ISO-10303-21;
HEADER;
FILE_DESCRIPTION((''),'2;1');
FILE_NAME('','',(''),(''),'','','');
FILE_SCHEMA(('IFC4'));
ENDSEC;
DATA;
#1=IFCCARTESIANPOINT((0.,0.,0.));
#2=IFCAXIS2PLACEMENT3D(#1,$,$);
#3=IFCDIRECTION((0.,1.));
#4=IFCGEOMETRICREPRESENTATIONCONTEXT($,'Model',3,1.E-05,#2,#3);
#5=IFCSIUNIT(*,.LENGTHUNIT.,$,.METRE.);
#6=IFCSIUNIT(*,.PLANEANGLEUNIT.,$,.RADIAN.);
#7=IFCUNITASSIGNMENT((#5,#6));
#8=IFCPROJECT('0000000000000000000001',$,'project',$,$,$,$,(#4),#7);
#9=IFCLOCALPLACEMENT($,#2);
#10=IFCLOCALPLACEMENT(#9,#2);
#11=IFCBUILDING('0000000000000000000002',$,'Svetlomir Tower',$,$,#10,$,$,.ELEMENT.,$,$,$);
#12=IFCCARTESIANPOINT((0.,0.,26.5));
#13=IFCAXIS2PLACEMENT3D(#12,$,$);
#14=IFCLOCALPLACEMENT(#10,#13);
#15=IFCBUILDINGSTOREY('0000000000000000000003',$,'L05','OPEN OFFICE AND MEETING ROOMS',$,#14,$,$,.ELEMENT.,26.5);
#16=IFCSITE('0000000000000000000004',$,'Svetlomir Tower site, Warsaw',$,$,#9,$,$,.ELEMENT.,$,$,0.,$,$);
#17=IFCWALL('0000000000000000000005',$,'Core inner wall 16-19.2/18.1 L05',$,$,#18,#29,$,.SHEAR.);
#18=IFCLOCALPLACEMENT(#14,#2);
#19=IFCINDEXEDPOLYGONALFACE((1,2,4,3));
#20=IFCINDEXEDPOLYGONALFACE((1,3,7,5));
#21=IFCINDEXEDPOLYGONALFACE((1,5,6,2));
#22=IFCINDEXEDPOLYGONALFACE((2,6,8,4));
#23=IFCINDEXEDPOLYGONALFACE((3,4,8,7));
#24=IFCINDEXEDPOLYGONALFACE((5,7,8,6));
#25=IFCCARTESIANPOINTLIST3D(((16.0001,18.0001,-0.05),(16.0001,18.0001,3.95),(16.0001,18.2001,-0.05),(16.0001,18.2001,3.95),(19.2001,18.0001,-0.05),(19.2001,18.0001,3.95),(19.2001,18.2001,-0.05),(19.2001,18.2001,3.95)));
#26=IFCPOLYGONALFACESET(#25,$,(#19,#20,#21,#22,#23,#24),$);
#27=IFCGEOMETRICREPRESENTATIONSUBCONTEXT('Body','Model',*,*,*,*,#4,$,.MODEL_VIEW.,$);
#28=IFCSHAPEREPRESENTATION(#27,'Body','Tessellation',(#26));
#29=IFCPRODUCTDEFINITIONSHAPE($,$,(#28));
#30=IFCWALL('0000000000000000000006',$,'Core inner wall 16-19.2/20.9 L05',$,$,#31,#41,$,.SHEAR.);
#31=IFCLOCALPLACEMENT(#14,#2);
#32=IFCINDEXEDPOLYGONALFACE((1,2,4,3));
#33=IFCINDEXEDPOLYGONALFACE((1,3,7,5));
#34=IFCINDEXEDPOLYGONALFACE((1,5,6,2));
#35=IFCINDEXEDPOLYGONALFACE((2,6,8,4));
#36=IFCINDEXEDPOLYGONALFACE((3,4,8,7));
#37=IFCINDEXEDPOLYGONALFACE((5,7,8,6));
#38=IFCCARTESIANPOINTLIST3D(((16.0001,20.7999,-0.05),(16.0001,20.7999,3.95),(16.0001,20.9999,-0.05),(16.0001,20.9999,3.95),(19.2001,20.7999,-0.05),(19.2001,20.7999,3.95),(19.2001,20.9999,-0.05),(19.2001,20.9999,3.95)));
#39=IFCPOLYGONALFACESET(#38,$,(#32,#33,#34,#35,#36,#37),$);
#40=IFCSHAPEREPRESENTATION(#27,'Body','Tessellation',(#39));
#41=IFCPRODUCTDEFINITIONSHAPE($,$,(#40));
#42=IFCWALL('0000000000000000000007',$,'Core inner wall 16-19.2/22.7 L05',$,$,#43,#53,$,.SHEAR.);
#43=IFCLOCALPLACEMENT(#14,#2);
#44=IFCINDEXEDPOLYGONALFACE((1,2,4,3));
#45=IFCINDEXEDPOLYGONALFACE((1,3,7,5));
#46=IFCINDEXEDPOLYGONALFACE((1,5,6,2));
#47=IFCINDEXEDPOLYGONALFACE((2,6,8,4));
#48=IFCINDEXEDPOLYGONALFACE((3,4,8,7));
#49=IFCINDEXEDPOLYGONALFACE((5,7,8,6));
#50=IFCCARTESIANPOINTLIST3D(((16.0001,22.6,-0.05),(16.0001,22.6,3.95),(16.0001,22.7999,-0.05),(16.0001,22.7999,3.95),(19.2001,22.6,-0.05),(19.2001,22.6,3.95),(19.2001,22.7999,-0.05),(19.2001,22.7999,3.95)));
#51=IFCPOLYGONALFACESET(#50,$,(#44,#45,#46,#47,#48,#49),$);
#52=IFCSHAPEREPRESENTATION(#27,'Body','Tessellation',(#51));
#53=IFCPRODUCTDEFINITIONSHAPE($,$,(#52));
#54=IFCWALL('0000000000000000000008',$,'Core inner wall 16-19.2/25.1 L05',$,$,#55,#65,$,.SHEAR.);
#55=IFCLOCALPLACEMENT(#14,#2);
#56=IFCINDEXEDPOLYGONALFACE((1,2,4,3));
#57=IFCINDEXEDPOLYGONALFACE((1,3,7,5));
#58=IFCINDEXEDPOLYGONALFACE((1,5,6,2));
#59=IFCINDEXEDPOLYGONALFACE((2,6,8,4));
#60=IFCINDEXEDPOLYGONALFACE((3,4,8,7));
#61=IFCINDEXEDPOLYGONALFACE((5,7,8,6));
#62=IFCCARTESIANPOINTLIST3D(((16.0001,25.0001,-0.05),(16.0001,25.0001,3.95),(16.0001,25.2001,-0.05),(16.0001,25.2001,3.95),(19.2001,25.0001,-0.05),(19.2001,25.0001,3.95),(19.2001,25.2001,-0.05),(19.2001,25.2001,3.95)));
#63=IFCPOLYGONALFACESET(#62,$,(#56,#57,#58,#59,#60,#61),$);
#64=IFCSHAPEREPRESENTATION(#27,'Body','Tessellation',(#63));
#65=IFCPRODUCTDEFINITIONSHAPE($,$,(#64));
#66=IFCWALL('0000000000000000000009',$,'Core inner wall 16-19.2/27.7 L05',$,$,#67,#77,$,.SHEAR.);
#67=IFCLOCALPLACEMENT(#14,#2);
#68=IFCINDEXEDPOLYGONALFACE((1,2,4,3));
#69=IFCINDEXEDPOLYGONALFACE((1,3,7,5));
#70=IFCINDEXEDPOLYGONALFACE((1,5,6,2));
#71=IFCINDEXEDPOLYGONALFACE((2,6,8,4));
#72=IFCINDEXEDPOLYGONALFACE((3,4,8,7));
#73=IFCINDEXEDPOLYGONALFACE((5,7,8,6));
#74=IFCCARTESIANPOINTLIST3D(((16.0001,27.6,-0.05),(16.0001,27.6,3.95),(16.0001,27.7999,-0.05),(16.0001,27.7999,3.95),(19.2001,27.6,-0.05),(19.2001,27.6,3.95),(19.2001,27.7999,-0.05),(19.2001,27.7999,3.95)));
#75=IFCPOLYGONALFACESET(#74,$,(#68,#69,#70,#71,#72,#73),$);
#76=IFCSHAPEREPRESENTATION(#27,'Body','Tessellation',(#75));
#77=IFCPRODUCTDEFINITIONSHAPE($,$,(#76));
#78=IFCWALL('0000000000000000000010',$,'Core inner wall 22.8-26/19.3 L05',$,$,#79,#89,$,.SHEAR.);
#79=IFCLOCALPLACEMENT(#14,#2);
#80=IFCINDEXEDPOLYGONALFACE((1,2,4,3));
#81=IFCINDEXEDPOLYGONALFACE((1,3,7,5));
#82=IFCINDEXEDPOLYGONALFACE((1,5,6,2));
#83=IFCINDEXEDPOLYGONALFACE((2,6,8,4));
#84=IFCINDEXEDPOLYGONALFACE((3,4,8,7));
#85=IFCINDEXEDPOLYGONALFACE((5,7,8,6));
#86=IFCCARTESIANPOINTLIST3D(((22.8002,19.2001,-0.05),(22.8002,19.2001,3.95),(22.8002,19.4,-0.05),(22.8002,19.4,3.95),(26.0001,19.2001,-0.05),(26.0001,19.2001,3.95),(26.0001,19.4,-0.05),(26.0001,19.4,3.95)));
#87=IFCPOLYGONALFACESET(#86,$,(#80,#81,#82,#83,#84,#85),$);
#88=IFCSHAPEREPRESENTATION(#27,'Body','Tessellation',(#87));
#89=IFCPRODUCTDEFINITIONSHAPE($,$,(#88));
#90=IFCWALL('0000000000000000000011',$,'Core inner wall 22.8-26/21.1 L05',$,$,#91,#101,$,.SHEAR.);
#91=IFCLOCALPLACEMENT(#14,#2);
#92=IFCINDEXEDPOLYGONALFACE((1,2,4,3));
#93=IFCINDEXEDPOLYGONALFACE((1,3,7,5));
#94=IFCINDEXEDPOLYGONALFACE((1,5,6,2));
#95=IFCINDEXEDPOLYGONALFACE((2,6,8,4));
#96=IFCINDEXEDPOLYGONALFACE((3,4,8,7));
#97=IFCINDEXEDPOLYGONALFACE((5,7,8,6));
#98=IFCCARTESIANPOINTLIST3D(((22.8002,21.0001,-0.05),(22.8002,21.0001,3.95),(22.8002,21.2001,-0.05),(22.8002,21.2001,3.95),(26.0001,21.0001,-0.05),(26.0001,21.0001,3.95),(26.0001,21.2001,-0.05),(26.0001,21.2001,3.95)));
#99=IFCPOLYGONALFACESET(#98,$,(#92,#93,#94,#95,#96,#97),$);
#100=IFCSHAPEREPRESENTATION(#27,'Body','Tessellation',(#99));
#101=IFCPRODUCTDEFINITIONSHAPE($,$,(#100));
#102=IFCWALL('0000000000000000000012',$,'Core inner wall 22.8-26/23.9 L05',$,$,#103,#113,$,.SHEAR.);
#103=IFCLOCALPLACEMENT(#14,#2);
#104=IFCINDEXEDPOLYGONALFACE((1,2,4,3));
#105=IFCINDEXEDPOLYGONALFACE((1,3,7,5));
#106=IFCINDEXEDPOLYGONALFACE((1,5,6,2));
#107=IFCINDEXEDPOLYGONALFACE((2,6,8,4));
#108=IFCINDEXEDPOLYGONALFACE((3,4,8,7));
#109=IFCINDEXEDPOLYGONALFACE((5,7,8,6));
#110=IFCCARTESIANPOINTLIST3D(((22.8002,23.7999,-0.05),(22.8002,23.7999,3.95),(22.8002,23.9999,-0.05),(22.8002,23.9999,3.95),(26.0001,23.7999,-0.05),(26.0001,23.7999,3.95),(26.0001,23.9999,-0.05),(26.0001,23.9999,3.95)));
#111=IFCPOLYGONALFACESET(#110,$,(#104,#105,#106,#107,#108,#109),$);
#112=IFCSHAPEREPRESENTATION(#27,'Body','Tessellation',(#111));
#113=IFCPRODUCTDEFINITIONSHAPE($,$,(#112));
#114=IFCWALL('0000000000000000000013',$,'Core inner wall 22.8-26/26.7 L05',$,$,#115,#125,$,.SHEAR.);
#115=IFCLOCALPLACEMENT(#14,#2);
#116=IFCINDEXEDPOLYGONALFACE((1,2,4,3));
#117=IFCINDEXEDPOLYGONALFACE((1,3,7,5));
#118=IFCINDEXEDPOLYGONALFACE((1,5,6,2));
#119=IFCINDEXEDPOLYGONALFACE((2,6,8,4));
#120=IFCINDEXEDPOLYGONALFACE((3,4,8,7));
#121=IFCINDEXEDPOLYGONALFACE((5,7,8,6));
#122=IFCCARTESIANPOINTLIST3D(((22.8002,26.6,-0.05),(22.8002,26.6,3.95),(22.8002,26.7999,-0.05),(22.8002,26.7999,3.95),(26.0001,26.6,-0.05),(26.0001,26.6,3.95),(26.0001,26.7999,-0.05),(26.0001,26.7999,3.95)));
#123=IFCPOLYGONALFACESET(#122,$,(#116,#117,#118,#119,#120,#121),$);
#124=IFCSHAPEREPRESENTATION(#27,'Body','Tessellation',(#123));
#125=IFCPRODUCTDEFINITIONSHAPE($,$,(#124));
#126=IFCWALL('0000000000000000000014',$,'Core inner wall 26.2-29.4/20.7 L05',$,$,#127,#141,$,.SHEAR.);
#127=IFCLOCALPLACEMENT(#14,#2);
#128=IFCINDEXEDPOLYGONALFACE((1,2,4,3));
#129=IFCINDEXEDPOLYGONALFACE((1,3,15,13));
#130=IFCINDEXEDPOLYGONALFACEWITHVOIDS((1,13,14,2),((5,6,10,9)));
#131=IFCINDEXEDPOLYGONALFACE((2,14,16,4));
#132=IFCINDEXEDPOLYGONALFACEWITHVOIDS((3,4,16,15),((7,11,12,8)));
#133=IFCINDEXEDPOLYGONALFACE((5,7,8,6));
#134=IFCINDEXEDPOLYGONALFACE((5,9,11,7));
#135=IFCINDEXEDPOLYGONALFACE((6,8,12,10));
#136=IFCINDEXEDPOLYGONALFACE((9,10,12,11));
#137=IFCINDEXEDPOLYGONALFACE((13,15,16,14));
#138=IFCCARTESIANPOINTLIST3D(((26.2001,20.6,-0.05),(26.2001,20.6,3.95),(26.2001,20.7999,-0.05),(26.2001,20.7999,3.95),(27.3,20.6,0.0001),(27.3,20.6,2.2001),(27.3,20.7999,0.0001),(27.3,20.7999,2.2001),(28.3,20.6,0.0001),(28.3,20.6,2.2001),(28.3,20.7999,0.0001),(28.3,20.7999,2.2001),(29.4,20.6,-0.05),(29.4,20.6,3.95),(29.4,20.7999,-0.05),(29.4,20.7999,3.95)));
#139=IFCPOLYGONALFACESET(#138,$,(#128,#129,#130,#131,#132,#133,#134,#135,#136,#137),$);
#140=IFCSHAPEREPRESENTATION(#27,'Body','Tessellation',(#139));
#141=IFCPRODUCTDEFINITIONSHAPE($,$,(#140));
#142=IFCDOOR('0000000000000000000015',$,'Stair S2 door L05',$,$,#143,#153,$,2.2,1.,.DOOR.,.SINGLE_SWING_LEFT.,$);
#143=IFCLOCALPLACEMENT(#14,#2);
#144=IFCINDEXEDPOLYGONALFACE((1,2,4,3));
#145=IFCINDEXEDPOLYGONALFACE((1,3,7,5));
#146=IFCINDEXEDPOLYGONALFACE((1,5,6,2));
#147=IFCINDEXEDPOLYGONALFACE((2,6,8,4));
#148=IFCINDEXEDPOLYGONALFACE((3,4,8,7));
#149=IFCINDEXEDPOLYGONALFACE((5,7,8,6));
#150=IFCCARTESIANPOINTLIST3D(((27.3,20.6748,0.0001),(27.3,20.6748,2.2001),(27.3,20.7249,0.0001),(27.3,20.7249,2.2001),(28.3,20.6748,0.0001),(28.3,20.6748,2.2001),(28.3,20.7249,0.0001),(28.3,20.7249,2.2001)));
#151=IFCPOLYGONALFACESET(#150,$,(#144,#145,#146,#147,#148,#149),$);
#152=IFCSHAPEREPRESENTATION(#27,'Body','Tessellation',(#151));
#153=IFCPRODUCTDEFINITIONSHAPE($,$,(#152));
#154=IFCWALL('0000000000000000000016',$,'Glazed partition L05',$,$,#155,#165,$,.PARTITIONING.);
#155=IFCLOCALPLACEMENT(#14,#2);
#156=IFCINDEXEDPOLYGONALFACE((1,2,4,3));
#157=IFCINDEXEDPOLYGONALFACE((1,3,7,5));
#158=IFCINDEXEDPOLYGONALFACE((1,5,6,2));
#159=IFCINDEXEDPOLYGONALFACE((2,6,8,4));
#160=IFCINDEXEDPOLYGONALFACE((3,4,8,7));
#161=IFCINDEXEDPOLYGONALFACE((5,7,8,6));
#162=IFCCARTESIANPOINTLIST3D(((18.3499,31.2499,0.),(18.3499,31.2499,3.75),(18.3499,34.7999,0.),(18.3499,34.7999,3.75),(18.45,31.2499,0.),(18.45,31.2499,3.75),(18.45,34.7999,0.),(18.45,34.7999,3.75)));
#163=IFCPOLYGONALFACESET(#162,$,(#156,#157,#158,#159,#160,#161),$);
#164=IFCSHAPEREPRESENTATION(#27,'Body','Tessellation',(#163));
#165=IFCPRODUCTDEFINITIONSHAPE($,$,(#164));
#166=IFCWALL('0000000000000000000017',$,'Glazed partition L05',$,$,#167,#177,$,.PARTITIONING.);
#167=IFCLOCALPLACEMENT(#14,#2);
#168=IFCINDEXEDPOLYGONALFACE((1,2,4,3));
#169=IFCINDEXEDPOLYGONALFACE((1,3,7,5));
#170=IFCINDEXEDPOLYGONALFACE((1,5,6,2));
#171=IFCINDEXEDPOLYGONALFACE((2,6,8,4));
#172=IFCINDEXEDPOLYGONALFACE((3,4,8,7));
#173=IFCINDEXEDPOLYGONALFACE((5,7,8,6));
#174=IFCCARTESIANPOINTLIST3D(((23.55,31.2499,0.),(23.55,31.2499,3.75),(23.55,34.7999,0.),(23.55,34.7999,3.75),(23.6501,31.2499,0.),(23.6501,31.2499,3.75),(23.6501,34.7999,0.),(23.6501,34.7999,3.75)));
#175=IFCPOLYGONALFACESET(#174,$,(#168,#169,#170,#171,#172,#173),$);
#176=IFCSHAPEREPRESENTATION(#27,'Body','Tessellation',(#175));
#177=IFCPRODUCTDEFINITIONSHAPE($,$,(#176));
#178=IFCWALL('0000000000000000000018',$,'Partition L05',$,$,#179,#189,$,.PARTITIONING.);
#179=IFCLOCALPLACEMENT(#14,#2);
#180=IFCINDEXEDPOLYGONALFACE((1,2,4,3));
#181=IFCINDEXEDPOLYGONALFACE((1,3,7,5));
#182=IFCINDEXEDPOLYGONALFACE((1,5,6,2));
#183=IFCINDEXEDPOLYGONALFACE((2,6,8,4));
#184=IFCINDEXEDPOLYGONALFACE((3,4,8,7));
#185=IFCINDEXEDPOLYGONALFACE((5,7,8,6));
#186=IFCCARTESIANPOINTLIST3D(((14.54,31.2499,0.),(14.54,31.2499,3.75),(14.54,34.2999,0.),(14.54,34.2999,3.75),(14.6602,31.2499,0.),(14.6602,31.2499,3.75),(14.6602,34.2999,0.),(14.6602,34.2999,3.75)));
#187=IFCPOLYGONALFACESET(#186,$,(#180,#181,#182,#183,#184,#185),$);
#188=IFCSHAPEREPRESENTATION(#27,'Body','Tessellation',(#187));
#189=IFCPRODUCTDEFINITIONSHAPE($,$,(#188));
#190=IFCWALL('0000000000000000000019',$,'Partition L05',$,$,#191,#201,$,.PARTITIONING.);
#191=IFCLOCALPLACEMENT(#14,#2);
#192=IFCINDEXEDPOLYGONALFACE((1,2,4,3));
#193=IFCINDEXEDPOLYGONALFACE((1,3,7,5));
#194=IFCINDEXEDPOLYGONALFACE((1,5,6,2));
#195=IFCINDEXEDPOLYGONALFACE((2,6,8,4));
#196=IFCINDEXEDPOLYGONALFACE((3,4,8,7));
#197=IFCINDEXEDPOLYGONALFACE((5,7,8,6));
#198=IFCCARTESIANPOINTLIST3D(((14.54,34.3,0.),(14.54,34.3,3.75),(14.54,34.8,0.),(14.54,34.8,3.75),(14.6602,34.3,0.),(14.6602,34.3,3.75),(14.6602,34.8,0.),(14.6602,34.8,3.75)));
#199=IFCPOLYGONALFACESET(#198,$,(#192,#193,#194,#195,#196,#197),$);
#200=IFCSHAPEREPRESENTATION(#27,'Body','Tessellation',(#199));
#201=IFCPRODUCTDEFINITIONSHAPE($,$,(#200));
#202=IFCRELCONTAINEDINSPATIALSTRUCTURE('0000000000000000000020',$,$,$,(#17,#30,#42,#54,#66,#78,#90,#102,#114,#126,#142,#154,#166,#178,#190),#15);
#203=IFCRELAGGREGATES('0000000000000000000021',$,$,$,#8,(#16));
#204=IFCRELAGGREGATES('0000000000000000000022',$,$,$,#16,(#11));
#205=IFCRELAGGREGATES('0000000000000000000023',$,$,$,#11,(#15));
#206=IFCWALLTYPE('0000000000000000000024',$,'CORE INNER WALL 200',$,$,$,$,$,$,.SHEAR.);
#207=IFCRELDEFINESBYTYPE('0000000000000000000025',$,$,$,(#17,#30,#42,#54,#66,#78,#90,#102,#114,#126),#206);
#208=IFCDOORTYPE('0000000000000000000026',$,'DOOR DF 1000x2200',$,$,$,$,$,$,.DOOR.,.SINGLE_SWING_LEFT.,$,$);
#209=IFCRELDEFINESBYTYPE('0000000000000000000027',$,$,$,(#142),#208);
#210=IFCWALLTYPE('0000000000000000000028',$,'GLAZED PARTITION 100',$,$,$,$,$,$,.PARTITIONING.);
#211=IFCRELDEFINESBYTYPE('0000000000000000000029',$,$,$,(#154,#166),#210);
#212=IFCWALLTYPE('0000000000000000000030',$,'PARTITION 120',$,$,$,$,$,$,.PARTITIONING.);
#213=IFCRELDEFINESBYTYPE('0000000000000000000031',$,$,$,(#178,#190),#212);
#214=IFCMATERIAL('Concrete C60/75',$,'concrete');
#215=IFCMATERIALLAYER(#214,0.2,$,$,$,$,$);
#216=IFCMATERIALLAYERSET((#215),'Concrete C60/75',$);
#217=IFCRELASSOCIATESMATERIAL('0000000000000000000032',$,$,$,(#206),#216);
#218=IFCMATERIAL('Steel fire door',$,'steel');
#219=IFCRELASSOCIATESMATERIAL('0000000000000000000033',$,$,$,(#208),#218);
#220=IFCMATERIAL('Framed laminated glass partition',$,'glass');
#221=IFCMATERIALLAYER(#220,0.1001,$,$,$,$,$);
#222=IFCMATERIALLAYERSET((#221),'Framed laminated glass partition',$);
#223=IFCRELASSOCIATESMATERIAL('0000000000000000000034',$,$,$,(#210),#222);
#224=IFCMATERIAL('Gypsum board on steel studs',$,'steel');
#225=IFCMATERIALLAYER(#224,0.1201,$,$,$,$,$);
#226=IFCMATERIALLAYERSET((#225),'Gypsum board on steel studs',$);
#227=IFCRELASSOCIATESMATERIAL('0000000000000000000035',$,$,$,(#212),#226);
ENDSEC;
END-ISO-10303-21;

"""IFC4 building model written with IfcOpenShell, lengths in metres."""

from ifc_helpers import new_model, si_unit, direction, frame, frame_2d, origin, place, context, subcontext, project, spatial, rectangle, extrude, material, layer, layer_set, type_object, element, fill, save


model = new_model("IFC4")

# Units and contexts
model_context = context("Model", 3, precision=1e-05, world=origin(), true_north=direction((0.0, 1.0)))
body_context = subcontext(model_context, "Body", "Model", "MODEL_VIEW")
ifc_project = project(units=[si_unit("LENGTHUNIT", "METRE"), si_unit("PLANEANGLEUNIT", "RADIAN")], contexts=[model_context])

# Site, building, storey
site_placement = place(None, origin())
site = spatial("IfcSite", under=ifc_project, at=site_placement, Name="Svetlomir Tower site, Warsaw", CompositionType="ELEMENT", RefElevation=0.0)
building_placement = place(site_placement, origin())
building = spatial("IfcBuilding", under=site, at=building_placement, Name="Svetlomir Tower", CompositionType="ELEMENT")
storey_placement = place(building_placement, frame((0.0, 0.0, 26.5)))
storey = spatial("IfcBuildingStorey", under=building, at=storey_placement, Name="L05", Description="OPEN OFFICE AND MEETING ROOMS", CompositionType="ELEMENT", Elevation=26.5)

# Walls
ifc_material_1 = material(Name="Concrete C60/75", Category="concrete")
ifc_layer_1 = layer(ifc_material_1, 0.2)
ifc_layer_set_1 = layer_set([ifc_layer_1], Name="Concrete C60/75")
wall_type_1 = type_object("IfcWallType", Name="CORE INNER WALL 200", PredefinedType="SHEAR", material=ifc_layer_set_1)
for number, where, z_axis, x_axis, name in (
    (1, (16.0, 18.1001, -0.05), (0.0, 0.0, 1.0), (1.0, 0.0, 0.0), "Core inner wall 16-19.2/18.1 L05"),
    (2, (16.0, 20.8999, -0.05), (0.0, 0.0, 1.0), (1.0, 0.0, 0.0), "Core inner wall 16-19.2/20.9 L05"),
    (3, (16.0, 22.7, -0.05), (0.0, 0.0, 1.0), (1.0, 0.0, 0.0), "Core inner wall 16-19.2/22.7 L05"),
    (4, (16.0, 25.1001, -0.05), (0.0, 0.0, 1.0), (1.0, 0.0, 0.0), "Core inner wall 16-19.2/25.1 L05"),
    (5, (16.0, 27.7, -0.05), (0.0, 0.0, 1.0), (1.0, 0.0, 0.0), "Core inner wall 16-19.2/27.7 L05"),
    (6, (22.8, 19.3, -0.05), (0.0, 0.0, 1.0), (1.0, 0.0, 0.0), "Core inner wall 22.8-26/19.3 L05"),
    (7, (22.8, 21.1001, -0.05), (0.0, 0.0, 1.0), (1.0, 0.0, 0.0), "Core inner wall 22.8-26/21.1 L05"),
    (8, (22.8, 23.8999, -0.05), (0.0, 0.0, 1.0), (1.0, 0.0, 0.0), "Core inner wall 22.8-26/23.9 L05"),
    (9, (22.8, 26.7, -0.05), (0.0, 0.0, 1.0), (1.0, 0.0, 0.0), "Core inner wall 22.8-26/26.7 L05"),
):
    element("IfcWall", number, at=place(storey_placement, frame(where, z_axis=z_axis, x_axis=x_axis)), inside=storey, type_object=wall_type_1, Name=name, PredefinedType="SHEAR", context=body_context, shape_type="SweptSolid", body=[
        extrude(rectangle(XDim=3.2, YDim=0.2, at=frame_2d((1.6001, 0.0))), origin(), (0.0, 0.0, 1.0), 4.0),
    ])

# Wall, opening, door
wall_1_placement = place(storey_placement, frame((26.2, 20.7, -0.05), z_axis=(0.0, 0.0, 1.0), x_axis=(1.0, 0.0, 0.0)))
wall_1 = element("IfcWall", 10, at=wall_1_placement, inside=storey, type_object=wall_type_1, Name="Core inner wall 26.2-29.4/20.7 L05", PredefinedType="SHEAR", context=body_context, shape_type="SweptSolid", body=[
    extrude(rectangle(XDim=3.2, YDim=0.2, at=frame_2d((1.6001, 0.0))), origin(), (0.0, 0.0, 1.0), 4.0),
])
opening_1_placement = place(wall_1_placement, frame((1.1001, 0.0, 0.05)))
opening_1 = element("IfcOpeningElement", 11, at=opening_1_placement, cuts=wall_1, PredefinedType="OPENING", context=body_context, shape_type="SweptSolid", body=[
    extrude(rectangle(XDim=1.0, YDim=2.2, at=frame_2d((0.5, 1.1001))), frame((0.0, 0.1099, 0.0), z_axis=(0.0, -1.0, 0.0), x_axis=(1.0, 0.0, 0.0)), (0.0, 0.0, 1.0), 0.22),
])
ifc_material_2 = material(Name="Steel fire door", Category="steel")
door_type_1 = type_object("IfcDoorType", Name="DOOR DF 1000x2200", OperationType="SINGLE_SWING_LEFT", PredefinedType="DOOR", material=ifc_material_2)
door_1_placement = place(opening_1_placement, origin())
door_1 = element("IfcDoor", 12, at=door_1_placement, inside=storey, type_object=door_type_1, Name="Stair S2 door L05", OperationType="SINGLE_SWING_LEFT", OverallHeight=2.2, OverallWidth=1.0, PredefinedType="DOOR", context=body_context, shape_type="SweptSolid", body=[
    extrude(rectangle(XDim=1.0, YDim=2.2, at=frame_2d((0.5, 1.1001))), frame((0.0, 0.0249, 0.0), z_axis=(0.0, -1.0, 0.0), x_axis=(1.0, 0.0, 0.0)), (0.0, 0.0, 1.0), 0.05),
])
fill(opening_1, door_1)

# Walls
ifc_material_3 = material(Name="Framed laminated glass partition", Category="glass")
ifc_layer_2 = layer(ifc_material_3, 0.1001)
ifc_layer_set_2 = layer_set([ifc_layer_2], Name="Framed laminated glass partition")
wall_type_2 = type_object("IfcWallType", Name="GLAZED PARTITION 100", PredefinedType="PARTITIONING", material=ifc_layer_set_2)
for number, where, z_axis, x_axis, name in (
    (13, (18.3999, 31.25, 0.0), (0.0, 0.0, 1.0), (0.0, 1.0, 0.0), "Glazed partition L05"),
    (14, (23.6001, 31.25, 0.0), (0.0, 0.0, 1.0), (0.0, 1.0, 0.0), "Glazed partition L05"),
):
    element("IfcWall", number, at=place(storey_placement, frame(where, z_axis=z_axis, x_axis=x_axis)), inside=storey, type_object=wall_type_2, Name=name, PredefinedType="PARTITIONING", context=body_context, shape_type="SweptSolid", body=[
        extrude(rectangle(XDim=3.55, YDim=0.1001, at=frame_2d((1.7749, 0.0))), origin(), (0.0, 0.0, 1.0), 3.75),
    ])
ifc_material_4 = material(Name="Gypsum board on steel studs", Category="steel")
ifc_layer_3 = layer(ifc_material_4, 0.1201)
ifc_layer_set_3 = layer_set([ifc_layer_3], Name="Gypsum board on steel studs")
wall_type_3 = type_object("IfcWallType", Name="PARTITION 120", PredefinedType="PARTITIONING", material=ifc_layer_set_3)
wall_2_placement = place(storey_placement, frame((14.6001, 31.25, 0.0), z_axis=(0.0, 0.0, 1.0), x_axis=(0.0, 1.0, 0.0)))
element("IfcWall", 15, at=wall_2_placement, inside=storey, type_object=wall_type_3, Name="Partition L05", PredefinedType="PARTITIONING", context=body_context, shape_type="SweptSolid", body=[
    extrude(rectangle(XDim=3.05, YDim=0.1201, at=frame_2d((1.5249, 0.0))), origin(), (0.0, 0.0, 1.0), 3.75),
])
wall_3_placement = place(storey_placement, frame((14.6001, 34.3, 0.0), z_axis=(0.0, 0.0, 1.0), x_axis=(0.0, 1.0, 0.0)))
element("IfcWall", 16, at=wall_3_placement, inside=storey, type_object=wall_type_3, Name="Partition L05", PredefinedType="PARTITIONING", context=body_context, shape_type="SweptSolid", body=[
    extrude(rectangle(XDim=0.5, YDim=0.1201, at=frame_2d((0.25, 0.0))), origin(), (0.0, 0.0, 1.0), 3.75),
])

save(model, "model.ifc")
